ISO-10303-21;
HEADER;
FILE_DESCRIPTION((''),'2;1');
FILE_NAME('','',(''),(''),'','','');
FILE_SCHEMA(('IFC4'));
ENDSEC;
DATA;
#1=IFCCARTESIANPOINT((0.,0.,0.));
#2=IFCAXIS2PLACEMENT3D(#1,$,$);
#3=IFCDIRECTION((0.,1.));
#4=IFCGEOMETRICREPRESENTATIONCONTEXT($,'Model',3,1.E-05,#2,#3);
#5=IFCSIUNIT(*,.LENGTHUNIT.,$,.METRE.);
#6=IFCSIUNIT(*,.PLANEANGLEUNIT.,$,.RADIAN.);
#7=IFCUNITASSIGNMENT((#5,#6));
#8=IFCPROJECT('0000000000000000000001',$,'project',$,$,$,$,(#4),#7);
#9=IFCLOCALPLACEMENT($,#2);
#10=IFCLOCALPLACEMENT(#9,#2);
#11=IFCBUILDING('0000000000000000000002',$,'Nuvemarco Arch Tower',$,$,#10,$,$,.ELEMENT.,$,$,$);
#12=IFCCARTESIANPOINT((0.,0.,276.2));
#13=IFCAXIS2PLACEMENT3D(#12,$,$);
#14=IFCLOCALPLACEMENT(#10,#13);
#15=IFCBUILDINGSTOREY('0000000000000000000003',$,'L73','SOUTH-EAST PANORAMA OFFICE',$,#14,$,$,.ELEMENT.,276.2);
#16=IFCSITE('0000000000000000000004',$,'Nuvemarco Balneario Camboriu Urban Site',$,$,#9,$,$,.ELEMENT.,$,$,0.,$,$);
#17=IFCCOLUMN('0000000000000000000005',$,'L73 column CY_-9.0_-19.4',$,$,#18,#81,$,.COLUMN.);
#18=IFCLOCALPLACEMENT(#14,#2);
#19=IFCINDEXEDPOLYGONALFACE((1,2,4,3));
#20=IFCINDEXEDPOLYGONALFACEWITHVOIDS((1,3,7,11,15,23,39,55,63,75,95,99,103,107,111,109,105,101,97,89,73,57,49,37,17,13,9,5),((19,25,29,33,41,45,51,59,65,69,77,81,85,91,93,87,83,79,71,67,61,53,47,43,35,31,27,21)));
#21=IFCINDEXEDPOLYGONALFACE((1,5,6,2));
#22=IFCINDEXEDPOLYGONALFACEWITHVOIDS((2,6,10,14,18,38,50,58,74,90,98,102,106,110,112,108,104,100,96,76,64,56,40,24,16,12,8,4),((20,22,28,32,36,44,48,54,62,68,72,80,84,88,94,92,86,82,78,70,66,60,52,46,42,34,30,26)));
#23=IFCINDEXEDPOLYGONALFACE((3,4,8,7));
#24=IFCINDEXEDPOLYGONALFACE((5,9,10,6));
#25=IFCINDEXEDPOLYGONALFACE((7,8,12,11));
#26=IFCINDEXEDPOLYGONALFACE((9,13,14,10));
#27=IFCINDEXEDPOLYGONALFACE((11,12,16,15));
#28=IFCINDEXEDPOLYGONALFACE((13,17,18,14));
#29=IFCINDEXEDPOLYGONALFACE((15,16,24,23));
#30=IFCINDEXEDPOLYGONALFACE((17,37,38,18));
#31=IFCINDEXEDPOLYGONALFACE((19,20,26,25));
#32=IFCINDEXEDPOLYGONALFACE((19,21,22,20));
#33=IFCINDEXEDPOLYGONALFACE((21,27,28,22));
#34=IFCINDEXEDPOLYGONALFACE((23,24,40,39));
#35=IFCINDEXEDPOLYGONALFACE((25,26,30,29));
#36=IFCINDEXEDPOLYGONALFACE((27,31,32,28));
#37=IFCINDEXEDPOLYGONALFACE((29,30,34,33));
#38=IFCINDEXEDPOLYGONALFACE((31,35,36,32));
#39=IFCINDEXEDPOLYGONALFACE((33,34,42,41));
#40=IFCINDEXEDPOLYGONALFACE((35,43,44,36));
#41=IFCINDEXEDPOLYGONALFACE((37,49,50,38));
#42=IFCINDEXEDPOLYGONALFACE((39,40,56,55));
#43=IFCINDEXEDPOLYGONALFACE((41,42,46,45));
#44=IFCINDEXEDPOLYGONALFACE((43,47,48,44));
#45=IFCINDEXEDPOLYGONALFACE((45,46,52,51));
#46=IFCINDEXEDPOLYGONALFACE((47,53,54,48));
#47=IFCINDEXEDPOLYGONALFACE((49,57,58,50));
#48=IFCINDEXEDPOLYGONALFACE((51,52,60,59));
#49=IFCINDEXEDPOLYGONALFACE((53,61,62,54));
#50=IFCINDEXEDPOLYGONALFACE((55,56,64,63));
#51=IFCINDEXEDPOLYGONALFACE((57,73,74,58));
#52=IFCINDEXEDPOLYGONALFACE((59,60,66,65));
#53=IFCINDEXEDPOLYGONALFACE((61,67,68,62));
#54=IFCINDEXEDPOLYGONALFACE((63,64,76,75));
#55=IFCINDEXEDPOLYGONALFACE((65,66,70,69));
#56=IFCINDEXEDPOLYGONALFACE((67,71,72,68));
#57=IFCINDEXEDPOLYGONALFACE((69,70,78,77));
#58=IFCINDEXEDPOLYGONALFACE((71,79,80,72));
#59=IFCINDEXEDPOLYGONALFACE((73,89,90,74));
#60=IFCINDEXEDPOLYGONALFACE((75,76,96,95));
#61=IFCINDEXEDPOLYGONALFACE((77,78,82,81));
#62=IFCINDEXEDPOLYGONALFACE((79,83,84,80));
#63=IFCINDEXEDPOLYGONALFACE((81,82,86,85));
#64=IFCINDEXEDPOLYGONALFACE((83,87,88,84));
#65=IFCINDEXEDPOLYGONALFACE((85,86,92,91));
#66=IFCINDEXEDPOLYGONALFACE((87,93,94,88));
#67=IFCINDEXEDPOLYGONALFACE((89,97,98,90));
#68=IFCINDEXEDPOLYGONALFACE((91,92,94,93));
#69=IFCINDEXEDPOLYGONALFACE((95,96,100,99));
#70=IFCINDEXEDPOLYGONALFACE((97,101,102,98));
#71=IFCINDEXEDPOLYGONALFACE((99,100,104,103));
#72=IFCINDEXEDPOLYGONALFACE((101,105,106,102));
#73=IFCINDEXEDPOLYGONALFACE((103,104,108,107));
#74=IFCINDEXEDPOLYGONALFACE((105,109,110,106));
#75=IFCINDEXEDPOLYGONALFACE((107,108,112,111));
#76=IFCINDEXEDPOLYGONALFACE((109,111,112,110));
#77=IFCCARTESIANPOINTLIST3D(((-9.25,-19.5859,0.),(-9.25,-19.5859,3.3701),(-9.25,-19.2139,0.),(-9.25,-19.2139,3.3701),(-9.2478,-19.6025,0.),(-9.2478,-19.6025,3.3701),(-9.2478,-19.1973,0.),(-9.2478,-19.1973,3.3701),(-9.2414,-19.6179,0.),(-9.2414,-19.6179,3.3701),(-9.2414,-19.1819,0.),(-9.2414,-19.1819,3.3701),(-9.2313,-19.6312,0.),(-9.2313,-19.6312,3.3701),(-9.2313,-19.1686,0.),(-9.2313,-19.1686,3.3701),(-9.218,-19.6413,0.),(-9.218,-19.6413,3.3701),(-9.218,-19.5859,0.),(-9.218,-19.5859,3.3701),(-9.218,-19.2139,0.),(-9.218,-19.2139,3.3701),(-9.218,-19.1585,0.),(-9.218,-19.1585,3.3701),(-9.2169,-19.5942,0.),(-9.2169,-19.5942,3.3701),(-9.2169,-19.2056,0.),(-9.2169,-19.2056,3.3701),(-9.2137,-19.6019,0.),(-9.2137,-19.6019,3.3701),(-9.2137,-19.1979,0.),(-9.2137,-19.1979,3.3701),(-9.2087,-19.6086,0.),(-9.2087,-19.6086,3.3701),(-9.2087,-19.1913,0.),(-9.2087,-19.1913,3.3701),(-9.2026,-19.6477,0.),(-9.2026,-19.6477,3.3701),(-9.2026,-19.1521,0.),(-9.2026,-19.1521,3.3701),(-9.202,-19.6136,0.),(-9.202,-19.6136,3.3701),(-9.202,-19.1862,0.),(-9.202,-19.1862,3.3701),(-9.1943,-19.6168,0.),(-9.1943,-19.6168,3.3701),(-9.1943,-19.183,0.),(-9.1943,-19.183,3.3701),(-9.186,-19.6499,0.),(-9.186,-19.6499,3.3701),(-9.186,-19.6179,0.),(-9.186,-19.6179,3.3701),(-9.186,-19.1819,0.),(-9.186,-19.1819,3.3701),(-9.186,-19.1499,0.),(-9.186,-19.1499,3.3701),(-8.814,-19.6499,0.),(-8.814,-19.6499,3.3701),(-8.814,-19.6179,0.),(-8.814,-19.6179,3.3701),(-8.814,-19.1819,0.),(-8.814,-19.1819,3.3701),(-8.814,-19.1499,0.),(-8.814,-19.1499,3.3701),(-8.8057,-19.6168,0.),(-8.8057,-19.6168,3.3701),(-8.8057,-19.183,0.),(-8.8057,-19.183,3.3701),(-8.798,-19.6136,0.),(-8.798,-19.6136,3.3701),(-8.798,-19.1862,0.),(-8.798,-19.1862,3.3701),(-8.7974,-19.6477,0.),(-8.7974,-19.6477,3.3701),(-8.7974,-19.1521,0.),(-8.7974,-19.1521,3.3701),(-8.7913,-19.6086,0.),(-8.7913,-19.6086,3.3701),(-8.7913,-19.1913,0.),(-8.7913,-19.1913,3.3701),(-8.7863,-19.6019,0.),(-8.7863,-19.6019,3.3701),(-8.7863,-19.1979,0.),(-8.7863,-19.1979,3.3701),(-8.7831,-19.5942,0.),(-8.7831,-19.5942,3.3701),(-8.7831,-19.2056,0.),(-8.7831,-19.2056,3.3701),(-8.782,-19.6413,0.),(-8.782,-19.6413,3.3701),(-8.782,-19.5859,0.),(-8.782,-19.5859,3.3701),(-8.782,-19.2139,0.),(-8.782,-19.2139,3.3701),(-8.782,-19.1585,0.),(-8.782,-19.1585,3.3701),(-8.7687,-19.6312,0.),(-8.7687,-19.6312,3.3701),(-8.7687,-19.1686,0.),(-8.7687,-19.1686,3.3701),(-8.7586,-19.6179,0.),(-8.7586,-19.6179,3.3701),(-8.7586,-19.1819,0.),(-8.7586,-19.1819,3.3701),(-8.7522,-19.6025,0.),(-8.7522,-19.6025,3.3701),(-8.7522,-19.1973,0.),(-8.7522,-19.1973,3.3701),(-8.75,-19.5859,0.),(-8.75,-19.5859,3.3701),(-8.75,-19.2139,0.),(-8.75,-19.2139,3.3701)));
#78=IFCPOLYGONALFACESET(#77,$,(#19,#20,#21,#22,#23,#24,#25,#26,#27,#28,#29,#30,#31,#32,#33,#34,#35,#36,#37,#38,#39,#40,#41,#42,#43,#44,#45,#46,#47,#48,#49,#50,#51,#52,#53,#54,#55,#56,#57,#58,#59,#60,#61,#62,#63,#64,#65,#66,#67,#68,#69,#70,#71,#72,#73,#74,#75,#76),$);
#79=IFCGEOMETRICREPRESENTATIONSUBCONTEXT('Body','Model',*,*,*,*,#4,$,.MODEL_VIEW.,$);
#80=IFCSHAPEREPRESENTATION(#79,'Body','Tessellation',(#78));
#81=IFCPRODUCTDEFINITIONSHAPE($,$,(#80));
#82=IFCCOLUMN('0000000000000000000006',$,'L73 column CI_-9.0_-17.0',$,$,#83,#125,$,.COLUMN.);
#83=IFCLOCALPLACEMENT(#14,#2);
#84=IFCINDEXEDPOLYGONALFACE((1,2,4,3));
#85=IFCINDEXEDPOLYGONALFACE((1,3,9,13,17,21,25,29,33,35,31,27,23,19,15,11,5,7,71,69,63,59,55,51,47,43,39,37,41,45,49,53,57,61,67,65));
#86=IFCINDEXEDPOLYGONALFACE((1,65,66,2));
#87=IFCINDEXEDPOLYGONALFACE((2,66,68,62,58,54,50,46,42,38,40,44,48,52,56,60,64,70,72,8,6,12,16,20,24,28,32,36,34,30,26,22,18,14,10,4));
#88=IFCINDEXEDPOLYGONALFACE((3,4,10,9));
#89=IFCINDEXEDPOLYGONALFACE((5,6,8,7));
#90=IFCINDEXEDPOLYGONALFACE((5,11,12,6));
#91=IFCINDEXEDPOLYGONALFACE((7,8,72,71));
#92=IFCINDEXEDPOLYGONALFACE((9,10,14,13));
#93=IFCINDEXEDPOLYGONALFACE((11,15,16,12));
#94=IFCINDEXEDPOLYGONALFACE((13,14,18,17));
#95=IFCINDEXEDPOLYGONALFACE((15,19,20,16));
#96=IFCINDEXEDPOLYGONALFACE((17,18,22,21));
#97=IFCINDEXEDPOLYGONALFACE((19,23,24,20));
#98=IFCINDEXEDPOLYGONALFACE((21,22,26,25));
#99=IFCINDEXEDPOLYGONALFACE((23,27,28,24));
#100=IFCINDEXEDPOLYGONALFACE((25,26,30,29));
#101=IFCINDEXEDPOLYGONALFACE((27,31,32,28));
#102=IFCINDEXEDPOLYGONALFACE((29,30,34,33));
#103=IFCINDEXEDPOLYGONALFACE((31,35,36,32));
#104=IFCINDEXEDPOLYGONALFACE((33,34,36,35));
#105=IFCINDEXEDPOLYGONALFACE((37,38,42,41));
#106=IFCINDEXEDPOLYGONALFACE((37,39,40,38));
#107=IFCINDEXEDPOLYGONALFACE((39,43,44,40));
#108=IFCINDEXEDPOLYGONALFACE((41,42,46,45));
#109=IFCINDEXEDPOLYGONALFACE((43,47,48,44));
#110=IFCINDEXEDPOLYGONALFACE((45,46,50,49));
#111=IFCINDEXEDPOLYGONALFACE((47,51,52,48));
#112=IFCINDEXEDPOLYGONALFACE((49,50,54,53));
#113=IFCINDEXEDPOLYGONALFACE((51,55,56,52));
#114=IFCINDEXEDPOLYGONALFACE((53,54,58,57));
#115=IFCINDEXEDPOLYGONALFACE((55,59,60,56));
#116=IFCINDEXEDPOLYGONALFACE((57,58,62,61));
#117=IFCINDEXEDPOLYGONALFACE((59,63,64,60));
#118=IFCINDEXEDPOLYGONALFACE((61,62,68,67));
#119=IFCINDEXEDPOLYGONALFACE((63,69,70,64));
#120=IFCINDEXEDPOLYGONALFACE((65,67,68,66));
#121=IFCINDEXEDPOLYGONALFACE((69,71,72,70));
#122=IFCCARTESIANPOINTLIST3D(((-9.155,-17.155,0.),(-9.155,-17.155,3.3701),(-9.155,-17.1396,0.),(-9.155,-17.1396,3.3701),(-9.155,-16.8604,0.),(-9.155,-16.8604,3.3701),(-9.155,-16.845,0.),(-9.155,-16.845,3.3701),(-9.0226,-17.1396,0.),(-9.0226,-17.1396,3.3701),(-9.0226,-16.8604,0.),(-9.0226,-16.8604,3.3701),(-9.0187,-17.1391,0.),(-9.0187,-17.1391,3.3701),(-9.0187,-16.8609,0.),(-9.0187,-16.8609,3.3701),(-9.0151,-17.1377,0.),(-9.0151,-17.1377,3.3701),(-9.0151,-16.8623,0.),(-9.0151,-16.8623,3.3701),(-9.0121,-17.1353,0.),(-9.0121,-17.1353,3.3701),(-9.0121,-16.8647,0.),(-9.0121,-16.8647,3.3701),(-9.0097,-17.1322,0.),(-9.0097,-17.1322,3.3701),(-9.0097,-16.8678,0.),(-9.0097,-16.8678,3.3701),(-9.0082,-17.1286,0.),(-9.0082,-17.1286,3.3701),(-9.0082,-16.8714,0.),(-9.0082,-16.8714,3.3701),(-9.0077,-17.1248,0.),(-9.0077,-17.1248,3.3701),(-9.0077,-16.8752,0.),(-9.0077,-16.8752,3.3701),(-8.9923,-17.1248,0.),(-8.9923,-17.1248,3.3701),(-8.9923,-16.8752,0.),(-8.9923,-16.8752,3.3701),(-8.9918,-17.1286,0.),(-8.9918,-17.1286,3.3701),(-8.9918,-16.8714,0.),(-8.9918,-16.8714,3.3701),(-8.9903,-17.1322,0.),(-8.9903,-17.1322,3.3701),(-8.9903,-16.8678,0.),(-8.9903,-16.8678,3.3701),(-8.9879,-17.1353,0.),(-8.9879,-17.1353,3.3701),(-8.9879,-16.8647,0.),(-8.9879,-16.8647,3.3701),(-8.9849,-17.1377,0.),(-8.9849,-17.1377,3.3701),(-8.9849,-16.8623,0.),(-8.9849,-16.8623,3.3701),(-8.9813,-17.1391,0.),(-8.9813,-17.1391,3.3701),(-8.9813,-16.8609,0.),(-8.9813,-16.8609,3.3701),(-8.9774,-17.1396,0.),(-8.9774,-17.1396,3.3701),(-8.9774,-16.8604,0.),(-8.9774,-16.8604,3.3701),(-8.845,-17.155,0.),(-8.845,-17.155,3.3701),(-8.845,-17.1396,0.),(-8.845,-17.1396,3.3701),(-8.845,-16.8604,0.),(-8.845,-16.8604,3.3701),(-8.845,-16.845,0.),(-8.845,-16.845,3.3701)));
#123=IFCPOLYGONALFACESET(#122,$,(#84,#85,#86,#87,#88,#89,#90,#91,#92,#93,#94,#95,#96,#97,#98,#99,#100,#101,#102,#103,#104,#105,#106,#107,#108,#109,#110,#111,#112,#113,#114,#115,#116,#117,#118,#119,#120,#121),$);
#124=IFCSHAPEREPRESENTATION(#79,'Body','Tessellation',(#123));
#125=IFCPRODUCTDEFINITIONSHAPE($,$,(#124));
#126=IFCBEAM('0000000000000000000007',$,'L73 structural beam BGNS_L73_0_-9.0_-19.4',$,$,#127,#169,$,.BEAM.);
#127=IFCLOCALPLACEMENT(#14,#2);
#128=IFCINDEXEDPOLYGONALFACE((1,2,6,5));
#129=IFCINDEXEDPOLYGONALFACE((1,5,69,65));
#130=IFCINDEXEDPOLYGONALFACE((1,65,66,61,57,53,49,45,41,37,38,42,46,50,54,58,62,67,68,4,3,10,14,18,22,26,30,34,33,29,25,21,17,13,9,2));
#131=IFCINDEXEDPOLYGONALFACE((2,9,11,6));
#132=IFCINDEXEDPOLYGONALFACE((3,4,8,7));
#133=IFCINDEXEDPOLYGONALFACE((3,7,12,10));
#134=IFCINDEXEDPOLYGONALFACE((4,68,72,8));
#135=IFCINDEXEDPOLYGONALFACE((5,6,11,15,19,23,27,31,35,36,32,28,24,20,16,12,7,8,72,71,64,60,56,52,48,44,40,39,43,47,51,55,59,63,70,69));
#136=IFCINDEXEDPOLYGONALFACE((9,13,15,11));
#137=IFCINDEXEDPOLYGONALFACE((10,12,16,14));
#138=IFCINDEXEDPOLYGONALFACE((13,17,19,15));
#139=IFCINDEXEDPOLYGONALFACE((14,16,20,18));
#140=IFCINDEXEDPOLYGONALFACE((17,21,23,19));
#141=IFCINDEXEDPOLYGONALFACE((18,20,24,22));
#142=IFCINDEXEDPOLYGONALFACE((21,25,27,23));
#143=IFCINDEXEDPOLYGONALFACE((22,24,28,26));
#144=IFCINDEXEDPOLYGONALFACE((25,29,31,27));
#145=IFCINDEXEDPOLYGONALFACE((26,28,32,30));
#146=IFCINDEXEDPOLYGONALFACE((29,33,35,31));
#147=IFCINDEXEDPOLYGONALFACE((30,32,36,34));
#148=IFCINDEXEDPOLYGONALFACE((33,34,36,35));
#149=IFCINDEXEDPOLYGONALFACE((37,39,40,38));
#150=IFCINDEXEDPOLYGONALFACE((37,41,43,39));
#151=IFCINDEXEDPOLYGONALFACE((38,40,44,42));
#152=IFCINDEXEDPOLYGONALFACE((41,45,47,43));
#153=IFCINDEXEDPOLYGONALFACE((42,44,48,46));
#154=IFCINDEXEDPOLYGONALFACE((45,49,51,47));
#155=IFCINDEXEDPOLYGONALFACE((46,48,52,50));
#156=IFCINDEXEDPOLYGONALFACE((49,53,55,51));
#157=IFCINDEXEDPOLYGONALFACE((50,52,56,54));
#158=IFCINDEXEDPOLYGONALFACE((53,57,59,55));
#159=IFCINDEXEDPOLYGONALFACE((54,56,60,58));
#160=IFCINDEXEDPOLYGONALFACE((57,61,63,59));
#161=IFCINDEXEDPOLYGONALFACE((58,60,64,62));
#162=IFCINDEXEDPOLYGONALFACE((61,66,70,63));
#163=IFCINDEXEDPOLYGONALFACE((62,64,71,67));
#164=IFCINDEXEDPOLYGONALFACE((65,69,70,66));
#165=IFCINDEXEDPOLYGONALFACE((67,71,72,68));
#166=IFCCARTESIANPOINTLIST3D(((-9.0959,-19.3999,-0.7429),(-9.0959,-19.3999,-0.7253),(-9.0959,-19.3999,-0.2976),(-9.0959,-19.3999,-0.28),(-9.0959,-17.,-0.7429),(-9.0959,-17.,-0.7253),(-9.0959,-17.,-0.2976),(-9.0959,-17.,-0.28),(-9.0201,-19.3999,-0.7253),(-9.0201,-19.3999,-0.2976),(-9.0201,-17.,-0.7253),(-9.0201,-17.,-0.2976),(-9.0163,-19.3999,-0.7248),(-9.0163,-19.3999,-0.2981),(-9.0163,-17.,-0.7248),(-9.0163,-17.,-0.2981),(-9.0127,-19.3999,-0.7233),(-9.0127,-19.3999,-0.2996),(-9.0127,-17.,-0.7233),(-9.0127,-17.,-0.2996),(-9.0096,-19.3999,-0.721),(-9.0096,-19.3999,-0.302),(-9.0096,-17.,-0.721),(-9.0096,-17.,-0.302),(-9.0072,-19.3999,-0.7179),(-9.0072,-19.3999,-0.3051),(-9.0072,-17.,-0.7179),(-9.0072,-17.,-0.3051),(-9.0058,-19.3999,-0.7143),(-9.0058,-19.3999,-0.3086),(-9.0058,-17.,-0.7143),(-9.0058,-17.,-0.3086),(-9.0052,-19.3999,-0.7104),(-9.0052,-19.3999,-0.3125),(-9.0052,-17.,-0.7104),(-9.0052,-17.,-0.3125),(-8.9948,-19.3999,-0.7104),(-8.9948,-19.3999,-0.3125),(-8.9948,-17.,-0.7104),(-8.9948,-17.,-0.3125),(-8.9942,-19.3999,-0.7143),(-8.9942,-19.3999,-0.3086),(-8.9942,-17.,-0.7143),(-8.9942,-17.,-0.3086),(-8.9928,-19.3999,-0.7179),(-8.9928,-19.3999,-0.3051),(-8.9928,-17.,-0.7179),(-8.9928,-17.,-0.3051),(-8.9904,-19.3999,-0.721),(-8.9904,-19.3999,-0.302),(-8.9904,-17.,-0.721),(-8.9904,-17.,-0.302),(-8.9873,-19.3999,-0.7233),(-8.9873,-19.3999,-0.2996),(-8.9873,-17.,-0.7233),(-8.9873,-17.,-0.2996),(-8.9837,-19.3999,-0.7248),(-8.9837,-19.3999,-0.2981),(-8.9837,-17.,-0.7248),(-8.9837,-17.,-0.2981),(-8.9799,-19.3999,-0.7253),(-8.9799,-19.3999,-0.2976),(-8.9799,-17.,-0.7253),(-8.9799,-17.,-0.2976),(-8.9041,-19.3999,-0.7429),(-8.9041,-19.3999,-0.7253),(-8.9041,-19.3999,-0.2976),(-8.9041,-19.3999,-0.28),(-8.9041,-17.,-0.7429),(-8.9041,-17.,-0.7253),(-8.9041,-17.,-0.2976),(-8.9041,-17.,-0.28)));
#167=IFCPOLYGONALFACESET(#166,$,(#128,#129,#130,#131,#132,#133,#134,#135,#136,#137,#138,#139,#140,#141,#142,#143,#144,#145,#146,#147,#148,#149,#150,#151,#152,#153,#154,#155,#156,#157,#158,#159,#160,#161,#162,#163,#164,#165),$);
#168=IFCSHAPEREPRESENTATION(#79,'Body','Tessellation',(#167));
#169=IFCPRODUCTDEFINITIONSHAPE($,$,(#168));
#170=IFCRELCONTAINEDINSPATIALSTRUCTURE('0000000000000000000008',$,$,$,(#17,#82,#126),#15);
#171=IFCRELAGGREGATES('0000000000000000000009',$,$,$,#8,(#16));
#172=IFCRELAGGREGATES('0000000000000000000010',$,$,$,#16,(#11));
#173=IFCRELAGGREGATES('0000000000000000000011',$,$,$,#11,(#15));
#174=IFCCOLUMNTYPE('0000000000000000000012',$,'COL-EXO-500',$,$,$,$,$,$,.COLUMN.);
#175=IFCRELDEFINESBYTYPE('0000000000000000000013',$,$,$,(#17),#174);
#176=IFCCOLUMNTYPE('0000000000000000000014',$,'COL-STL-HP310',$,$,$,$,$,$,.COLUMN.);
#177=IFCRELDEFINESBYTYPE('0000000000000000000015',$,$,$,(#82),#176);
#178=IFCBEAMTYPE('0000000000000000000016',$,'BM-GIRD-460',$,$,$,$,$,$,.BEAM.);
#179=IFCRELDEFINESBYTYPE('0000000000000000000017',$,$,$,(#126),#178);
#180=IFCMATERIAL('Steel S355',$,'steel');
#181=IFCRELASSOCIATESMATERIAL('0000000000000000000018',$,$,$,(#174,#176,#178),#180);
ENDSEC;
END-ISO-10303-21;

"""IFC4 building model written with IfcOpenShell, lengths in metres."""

from ifc_helpers import new_model, si_unit, direction, frame, origin, origin_2d, place, context, subcontext, project, spatial, hollow_rectangle, i_section, extrude, material, material_profile, profile_set, type_object, element, save


model = new_model("IFC4")

# Units and contexts
model_context = context("Model", 3, precision=1e-05, world=origin(), true_north=direction((0.0, 1.0)))
body_context = subcontext(model_context, "Body", "Model", "MODEL_VIEW")
ifc_project = project(units=[si_unit("LENGTHUNIT", "METRE"), si_unit("PLANEANGLEUNIT", "RADIAN")], contexts=[model_context])

# Site, building, storey
site_placement = place(None, origin())
site = spatial("IfcSite", under=ifc_project, at=site_placement, Name="Nuvemarco Balneario Camboriu Urban Site", CompositionType="ELEMENT", RefElevation=0.0)
building_placement = place(site_placement, origin())
building = spatial("IfcBuilding", under=site, at=building_placement, Name="Nuvemarco Arch Tower", CompositionType="ELEMENT")
storey_placement = place(building_placement, frame((0.0, 0.0, 276.2)))
storey = spatial("IfcBuildingStorey", under=building, at=storey_placement, Name="L73", Description="SOUTH-EAST PANORAMA OFFICE", CompositionType="ELEMENT", Elevation=276.2)

# Columns
ifc_material_1 = material(Name="Steel S355", Category="steel")
ifc_material_profile_1 = material_profile(ifc_material_1, hollow_rectangle(XDim=0.5, YDim=0.5, WallThickness=0.032, InnerFilletRadius=0.032, OuterFilletRadius=0.064, at=origin_2d()), Name="SHS500x500x32")
ifc_profile_set_1 = profile_set([ifc_material_profile_1], Name="Steel S355")
column_type_1 = type_object("IfcColumnType", Name="COL-EXO-500", PredefinedType="COLUMN", material=ifc_profile_set_1)
column_1_placement = place(storey_placement, frame((-9.0, -19.3999, 0.0), z_axis=(0.0, 0.0, 1.0), x_axis=(1.0, 0.0, 0.0)))
element("IfcColumn", 1, at=column_1_placement, inside=storey, type_object=column_type_1, Name="L73 column CY_-9.0_-19.4", PredefinedType="COLUMN", context=body_context, shape_type="SweptSolid", body=[
    extrude(hollow_rectangle(XDim=0.5, YDim=0.5, WallThickness=0.032, InnerFilletRadius=0.032, OuterFilletRadius=0.064, at=origin_2d()), origin(), (0.0, 0.0, 1.0), 3.3701),
])
ifc_material_profile_2 = material_profile(ifc_material_1, i_section(OverallWidth=0.3101, OverallDepth=0.3101, WebThickness=0.0154, FlangeThickness=0.0154, FilletRadius=0.0149, at=origin_2d()), Name="HP310x110")
ifc_profile_set_2 = profile_set([ifc_material_profile_2], Name="Steel S355")
column_type_2 = type_object("IfcColumnType", Name="COL-STL-HP310", PredefinedType="COLUMN", material=ifc_profile_set_2)
column_2_placement = place(storey_placement, frame((-9.0, -17.0, 0.0), z_axis=(0.0, 0.0, 1.0), x_axis=(1.0, 0.0, 0.0)))
element("IfcColumn", 2, at=column_2_placement, inside=storey, type_object=column_type_2, Name="L73 column CI_-9.0_-17.0", PredefinedType="COLUMN", context=body_context, shape_type="SweptSolid", body=[
    extrude(i_section(OverallWidth=0.3101, OverallDepth=0.3101, WebThickness=0.0154, FlangeThickness=0.0154, FilletRadius=0.0149, at=origin_2d()), origin(), (0.0, 0.0, 1.0), 3.3701),
])

# Beam
ifc_material_profile_3 = material_profile(ifc_material_1, i_section(OverallWidth=0.1919, OverallDepth=0.4629, WebThickness=0.0105, FlangeThickness=0.0176, FilletRadius=0.0149, at=origin_2d()), Name="W460x89")
ifc_profile_set_3 = profile_set([ifc_material_profile_3], Name="Steel S355")
beam_type_1 = type_object("IfcBeamType", Name="BM-GIRD-460", PredefinedType="BEAM", material=ifc_profile_set_3)
beam_1_placement = place(storey_placement, frame((-9.0, -19.3999, -0.5115), z_axis=(0.0, 1.0, 0.0), x_axis=(-1.0, 0.0, 0.0)))
element("IfcBeam", 3, at=beam_1_placement, inside=storey, type_object=beam_type_1, Name="L73 structural beam BGNS_L73_0_-9.0_-19.4", PredefinedType="BEAM", context=body_context, shape_type="SweptSolid", body=[
    extrude(i_section(OverallWidth=0.1919, OverallDepth=0.4629, WebThickness=0.0105, FlangeThickness=0.0176, FilletRadius=0.0149, at=origin_2d()), origin(), (0.0, 0.0, 1.0), 2.3999),
])

save(model, "model.ifc")
